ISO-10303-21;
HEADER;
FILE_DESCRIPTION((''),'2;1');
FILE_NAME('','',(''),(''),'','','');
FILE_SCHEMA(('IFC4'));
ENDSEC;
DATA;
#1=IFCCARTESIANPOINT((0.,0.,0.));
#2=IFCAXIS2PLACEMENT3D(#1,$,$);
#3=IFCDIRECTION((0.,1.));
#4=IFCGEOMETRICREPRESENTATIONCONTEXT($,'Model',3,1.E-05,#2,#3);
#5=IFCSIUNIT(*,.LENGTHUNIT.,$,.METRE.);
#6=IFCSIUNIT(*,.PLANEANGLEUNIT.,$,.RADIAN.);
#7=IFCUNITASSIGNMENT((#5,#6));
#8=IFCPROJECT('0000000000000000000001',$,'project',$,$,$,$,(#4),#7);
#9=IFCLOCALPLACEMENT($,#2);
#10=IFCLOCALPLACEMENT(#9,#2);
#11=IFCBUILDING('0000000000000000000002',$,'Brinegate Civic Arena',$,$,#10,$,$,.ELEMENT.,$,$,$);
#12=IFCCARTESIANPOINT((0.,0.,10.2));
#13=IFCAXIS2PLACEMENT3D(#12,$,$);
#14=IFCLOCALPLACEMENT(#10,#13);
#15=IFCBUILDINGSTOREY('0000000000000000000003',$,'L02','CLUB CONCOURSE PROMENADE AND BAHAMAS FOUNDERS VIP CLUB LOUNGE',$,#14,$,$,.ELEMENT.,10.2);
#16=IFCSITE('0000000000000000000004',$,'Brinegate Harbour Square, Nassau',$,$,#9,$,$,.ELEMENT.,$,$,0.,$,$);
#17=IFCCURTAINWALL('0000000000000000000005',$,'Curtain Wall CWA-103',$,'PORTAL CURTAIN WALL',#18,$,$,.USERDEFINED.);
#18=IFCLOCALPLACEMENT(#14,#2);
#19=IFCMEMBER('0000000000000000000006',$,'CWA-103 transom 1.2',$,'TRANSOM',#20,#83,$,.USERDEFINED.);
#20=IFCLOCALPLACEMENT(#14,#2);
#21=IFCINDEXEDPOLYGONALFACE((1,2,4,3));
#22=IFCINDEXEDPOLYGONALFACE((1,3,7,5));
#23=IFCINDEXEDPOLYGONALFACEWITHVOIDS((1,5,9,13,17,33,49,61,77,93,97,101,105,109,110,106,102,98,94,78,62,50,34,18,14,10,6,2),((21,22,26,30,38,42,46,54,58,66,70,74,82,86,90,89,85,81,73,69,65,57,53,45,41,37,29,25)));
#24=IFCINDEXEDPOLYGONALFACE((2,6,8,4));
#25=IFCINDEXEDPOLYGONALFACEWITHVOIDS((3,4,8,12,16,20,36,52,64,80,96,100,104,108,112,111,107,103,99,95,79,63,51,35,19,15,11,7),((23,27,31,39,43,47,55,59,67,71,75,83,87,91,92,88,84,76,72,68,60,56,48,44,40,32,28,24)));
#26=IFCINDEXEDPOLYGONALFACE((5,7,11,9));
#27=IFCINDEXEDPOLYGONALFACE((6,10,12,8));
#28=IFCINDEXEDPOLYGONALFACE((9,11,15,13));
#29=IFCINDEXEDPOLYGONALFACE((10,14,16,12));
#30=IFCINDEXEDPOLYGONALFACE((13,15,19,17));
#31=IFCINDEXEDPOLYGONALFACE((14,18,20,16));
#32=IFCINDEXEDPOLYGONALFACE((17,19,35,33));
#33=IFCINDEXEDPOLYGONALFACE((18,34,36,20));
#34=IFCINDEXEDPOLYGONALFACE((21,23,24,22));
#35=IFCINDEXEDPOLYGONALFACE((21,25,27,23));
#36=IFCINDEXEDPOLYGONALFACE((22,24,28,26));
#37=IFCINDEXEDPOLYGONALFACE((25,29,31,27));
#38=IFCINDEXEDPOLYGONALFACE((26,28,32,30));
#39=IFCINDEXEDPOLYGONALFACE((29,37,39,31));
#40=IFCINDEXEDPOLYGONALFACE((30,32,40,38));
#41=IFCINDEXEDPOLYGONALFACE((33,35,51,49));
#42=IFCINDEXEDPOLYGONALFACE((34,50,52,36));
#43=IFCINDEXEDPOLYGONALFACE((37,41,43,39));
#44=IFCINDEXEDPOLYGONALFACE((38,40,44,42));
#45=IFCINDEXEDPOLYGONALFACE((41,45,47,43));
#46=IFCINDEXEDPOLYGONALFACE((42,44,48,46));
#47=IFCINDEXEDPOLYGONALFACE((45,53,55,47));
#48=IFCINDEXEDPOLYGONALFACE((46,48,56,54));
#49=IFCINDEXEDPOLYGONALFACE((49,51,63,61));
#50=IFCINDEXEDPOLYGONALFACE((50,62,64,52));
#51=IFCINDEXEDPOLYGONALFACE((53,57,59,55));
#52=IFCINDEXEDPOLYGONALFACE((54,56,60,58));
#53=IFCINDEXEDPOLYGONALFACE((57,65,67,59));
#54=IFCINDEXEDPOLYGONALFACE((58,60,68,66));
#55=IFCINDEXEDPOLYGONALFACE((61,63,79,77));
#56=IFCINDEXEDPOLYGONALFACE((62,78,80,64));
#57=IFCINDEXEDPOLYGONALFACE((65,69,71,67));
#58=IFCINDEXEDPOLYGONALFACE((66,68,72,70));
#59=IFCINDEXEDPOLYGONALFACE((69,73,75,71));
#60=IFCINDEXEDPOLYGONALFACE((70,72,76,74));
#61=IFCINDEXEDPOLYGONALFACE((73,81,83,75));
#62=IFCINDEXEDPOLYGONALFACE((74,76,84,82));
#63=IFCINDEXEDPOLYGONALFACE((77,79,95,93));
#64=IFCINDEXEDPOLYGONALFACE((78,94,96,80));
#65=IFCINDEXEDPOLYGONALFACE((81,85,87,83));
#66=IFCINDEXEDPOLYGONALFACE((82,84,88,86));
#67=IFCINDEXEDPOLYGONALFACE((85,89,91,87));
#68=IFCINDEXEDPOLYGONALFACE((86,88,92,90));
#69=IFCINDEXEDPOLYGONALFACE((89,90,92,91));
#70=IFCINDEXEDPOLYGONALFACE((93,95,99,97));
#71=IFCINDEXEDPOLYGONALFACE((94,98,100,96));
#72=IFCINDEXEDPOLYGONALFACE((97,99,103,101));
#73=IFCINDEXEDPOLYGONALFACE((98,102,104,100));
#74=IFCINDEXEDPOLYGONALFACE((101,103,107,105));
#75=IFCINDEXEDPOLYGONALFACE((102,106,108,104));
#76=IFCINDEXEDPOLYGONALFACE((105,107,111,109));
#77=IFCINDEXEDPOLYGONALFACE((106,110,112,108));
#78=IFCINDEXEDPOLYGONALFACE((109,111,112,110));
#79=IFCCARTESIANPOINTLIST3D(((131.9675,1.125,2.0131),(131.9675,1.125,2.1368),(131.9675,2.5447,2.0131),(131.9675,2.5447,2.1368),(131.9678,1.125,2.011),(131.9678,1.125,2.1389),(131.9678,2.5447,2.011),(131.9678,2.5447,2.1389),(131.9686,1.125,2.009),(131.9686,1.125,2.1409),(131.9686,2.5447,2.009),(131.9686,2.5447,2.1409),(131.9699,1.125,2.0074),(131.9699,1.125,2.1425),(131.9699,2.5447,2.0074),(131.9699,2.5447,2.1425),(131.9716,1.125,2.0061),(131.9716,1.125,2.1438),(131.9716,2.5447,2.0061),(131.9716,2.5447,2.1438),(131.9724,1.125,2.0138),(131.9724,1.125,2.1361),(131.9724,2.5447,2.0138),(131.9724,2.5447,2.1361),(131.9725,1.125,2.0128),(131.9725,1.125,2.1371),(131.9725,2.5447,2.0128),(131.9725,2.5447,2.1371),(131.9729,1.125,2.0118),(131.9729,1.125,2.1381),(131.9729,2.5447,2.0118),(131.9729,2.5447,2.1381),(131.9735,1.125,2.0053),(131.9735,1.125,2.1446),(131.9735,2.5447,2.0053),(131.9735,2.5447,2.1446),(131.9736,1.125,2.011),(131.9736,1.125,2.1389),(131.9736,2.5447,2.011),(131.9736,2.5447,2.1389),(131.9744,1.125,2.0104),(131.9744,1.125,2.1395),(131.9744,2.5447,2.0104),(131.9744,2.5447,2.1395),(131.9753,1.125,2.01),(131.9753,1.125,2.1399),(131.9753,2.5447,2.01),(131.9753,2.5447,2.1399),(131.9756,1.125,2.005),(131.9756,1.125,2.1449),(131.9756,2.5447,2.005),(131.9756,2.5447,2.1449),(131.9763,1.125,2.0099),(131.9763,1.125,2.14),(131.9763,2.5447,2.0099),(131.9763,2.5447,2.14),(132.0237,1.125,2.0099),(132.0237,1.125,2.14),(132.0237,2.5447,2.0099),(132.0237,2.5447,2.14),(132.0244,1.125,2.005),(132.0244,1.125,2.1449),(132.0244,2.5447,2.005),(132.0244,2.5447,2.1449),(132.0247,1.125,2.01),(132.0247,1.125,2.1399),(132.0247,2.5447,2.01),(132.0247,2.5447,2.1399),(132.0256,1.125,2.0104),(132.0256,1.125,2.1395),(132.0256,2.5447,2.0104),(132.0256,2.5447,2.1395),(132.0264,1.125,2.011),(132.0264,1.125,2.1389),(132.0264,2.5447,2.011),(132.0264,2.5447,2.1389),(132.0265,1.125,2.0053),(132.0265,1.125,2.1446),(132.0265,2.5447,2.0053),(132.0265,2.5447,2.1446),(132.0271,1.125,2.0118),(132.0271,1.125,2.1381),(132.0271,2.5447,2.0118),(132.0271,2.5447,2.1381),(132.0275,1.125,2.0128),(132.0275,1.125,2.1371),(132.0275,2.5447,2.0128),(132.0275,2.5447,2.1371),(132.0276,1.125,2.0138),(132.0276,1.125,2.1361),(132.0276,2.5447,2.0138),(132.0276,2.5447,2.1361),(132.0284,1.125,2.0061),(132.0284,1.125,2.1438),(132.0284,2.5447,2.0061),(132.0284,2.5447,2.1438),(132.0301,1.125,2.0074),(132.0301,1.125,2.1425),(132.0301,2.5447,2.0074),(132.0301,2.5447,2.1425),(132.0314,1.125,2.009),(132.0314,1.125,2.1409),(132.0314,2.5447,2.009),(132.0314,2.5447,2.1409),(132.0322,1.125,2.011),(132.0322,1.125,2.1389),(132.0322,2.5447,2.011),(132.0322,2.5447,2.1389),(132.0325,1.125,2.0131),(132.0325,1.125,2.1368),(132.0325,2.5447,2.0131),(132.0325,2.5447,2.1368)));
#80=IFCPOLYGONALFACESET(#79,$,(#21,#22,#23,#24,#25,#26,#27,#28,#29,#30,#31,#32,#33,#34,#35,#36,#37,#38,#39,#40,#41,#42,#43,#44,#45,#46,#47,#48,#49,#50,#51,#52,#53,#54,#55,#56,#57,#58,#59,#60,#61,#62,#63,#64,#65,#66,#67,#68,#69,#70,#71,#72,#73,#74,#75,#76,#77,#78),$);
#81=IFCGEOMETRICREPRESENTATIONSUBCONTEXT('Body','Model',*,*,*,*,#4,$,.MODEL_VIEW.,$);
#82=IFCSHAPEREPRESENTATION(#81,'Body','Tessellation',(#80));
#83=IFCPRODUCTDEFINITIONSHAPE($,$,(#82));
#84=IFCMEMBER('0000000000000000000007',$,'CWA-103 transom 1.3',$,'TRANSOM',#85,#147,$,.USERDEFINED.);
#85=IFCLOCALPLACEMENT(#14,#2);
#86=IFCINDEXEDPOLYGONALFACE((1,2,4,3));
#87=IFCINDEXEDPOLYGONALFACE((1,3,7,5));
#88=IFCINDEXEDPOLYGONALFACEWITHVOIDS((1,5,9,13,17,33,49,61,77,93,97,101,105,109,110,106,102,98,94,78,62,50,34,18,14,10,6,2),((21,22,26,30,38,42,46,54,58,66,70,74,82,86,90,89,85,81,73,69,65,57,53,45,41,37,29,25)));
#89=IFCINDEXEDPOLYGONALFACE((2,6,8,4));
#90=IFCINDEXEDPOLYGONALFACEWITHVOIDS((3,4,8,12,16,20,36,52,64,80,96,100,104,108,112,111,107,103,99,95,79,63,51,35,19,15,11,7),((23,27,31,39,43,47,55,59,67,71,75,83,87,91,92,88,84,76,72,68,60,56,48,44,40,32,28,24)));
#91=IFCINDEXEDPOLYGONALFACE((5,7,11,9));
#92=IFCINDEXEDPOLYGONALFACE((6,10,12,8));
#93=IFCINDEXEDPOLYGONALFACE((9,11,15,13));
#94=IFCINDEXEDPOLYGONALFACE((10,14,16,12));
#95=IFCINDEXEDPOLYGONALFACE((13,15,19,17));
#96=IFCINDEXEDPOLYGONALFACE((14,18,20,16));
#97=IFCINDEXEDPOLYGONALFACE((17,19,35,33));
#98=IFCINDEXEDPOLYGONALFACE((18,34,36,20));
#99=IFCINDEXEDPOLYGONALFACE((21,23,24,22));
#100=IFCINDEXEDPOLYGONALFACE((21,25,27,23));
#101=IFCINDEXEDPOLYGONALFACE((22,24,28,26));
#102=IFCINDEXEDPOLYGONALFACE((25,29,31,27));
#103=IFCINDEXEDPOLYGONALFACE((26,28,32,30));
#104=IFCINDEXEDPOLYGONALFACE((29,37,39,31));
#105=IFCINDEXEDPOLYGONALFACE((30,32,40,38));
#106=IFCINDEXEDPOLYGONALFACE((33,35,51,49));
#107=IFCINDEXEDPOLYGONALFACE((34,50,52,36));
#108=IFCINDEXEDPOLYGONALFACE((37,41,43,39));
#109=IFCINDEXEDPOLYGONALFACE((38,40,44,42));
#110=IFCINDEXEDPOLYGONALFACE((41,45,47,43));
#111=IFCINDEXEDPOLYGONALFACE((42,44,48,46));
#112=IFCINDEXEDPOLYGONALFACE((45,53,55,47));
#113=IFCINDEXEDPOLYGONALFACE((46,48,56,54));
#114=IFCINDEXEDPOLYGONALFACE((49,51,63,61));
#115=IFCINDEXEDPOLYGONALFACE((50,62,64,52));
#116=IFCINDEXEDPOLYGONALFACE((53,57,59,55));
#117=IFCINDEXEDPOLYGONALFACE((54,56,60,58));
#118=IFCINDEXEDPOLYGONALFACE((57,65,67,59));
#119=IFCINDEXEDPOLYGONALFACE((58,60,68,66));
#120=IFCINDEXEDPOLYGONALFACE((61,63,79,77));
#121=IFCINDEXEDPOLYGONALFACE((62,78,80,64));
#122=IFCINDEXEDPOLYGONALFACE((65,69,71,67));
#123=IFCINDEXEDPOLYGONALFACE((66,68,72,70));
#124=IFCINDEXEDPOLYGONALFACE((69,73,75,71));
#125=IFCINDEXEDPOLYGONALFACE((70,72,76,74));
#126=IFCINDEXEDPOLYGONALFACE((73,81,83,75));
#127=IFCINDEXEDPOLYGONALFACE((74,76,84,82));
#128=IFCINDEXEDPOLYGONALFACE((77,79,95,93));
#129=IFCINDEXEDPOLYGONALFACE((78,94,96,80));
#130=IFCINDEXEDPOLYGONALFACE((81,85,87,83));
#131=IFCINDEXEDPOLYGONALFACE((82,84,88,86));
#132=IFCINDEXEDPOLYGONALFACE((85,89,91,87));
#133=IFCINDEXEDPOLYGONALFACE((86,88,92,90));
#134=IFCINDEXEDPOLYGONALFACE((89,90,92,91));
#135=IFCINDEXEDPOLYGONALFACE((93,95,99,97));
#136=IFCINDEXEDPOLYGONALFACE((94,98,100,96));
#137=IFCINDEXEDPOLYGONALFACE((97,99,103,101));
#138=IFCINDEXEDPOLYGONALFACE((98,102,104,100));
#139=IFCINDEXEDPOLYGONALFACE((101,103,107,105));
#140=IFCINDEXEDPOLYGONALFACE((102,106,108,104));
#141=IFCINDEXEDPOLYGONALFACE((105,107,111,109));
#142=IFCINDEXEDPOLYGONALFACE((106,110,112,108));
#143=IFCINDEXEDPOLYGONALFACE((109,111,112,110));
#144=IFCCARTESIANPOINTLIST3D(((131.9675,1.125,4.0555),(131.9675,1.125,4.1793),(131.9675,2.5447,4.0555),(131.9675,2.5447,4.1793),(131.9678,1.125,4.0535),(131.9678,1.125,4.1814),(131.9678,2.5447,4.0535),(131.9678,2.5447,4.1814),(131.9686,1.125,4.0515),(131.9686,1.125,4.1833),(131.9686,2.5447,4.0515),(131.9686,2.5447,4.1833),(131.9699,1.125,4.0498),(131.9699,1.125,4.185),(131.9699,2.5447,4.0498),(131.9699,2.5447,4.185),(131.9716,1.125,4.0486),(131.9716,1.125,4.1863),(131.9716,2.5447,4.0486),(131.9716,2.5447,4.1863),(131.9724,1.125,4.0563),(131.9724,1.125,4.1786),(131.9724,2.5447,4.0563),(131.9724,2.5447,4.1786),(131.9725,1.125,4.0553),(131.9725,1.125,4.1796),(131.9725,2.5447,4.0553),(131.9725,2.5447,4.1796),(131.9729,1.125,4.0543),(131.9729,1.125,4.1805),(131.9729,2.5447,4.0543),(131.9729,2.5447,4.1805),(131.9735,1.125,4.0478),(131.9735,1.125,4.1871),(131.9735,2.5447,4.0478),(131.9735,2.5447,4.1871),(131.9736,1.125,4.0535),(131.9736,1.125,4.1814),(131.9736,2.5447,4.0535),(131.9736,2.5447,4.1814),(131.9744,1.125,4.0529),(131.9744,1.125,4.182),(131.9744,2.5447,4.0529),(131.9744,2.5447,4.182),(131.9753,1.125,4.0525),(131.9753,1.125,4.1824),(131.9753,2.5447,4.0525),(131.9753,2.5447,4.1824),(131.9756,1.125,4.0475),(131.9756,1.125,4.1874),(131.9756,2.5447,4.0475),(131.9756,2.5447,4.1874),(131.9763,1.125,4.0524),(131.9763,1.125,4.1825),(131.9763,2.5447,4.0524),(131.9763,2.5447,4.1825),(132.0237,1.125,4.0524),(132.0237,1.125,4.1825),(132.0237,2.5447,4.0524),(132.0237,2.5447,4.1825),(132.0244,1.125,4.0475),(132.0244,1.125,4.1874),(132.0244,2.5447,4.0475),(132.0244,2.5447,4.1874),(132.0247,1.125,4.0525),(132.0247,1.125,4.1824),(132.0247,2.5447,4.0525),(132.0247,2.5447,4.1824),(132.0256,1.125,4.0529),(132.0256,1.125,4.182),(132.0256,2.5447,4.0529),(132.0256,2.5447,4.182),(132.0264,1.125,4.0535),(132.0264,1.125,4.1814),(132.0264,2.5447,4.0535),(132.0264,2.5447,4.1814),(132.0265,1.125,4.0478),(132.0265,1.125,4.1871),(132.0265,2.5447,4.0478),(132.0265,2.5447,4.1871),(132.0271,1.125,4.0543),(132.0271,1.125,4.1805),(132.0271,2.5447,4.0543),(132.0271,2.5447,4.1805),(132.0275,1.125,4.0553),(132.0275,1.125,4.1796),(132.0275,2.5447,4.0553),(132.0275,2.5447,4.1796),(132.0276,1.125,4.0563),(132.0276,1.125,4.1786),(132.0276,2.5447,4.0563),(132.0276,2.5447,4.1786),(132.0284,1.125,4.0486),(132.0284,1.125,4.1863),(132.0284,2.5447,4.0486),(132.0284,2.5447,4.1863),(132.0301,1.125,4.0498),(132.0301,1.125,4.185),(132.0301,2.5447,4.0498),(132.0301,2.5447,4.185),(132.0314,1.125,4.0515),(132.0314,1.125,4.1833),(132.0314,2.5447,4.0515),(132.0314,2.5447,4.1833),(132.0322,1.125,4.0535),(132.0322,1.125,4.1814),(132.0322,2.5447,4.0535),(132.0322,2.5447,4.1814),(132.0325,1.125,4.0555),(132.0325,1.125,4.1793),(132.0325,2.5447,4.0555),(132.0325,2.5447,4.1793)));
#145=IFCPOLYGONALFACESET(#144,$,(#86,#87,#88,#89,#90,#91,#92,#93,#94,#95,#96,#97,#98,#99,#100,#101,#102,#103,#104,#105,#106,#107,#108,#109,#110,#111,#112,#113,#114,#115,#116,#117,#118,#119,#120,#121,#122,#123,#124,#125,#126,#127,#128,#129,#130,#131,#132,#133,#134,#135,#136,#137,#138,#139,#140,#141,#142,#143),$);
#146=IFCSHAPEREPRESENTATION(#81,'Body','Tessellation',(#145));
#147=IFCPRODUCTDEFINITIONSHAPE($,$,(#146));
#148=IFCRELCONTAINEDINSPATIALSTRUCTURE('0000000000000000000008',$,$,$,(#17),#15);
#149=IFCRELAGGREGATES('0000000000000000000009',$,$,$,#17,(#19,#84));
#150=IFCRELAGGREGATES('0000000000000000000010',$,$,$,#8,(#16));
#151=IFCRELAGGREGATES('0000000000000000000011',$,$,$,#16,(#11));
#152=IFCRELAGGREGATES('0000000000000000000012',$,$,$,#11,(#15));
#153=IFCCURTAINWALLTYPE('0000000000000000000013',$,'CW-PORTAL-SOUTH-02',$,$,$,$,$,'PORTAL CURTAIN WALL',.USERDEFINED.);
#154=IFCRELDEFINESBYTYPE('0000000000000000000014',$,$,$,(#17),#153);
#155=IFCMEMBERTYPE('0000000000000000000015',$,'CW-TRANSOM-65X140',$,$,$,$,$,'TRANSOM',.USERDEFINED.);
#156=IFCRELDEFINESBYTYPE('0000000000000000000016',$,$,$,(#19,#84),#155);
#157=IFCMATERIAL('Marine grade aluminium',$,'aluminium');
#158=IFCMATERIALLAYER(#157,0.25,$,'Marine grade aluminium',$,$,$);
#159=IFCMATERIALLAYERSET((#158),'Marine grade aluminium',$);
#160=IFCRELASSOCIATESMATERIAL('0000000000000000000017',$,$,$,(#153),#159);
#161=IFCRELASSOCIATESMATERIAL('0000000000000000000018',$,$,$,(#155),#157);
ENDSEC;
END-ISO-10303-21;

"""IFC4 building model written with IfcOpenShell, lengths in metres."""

from ifc_helpers import new_model, si_unit, direction, frame, origin, origin_2d, place, context, subcontext, project, spatial, hollow_rectangle, extrude, material, layer, layer_set, material_profile, profile_set, type_object, element, aggregate, save


model = new_model("IFC4")

# Units and contexts
model_context = context("Model", 3, precision=1e-05, world=origin(), true_north=direction((0.0, 1.0)))
body_context = subcontext(model_context, "Body", "Model", "MODEL_VIEW")
ifc_project = project(units=[si_unit("LENGTHUNIT", "METRE"), si_unit("PLANEANGLEUNIT", "RADIAN")], contexts=[model_context])

# Site, building, storey
site_placement = place(None, origin())
site = spatial("IfcSite", under=ifc_project, at=site_placement, Name="Brinegate Harbour Square, Nassau", CompositionType="ELEMENT", RefElevation=0.0)
building_placement = place(site_placement, origin())
building = spatial("IfcBuilding", under=site, at=building_placement, Name="Brinegate Civic Arena", CompositionType="ELEMENT")
storey_placement = place(building_placement, frame((0.0, 0.0, 10.2)))
storey = spatial("IfcBuildingStorey", under=building, at=storey_placement, Name="L02", Description="CLUB CONCOURSE PROMENADE AND BAHAMAS FOUNDERS VIP CLUB LOUNGE", CompositionType="ELEMENT", Elevation=10.2)

# Curtain wall, members
ifc_material_1 = material(Name="Marine grade aluminium", Category="aluminium")
ifc_layer_1 = layer(ifc_material_1, 0.25, Name="Marine grade aluminium")
ifc_layer_set_1 = layer_set([ifc_layer_1], Name="Marine grade aluminium")
curtain_wall_type = type_object("IfcCurtainWallType", Name="CW-PORTAL-SOUTH-02", ElementType="PORTAL CURTAIN WALL", PredefinedType="USERDEFINED", material=ifc_layer_set_1)
curtain_wall_placement = place(storey_placement, origin())
curtain_wall = element("IfcCurtainWall", 1, at=curtain_wall_placement, inside=storey, type_object=curtain_wall_type, Name="Curtain Wall CWA-103", ObjectType="PORTAL CURTAIN WALL", PredefinedType="USERDEFINED")
ifc_material_profile_1 = material_profile(ifc_material_1, hollow_rectangle(XDim=0.0649, YDim=0.1399, WallThickness=0.0049, InnerFilletRadius=0.0039, OuterFilletRadius=0.0081, at=origin_2d()), Name="TRN65X140")
ifc_profile_set_1 = profile_set([ifc_material_profile_1], Name="Marine grade aluminium")
member_type_1 = type_object("IfcMemberType", Name="CW-TRANSOM-65X140", ElementType="TRANSOM", PredefinedType="USERDEFINED", material=ifc_profile_set_1)
member_1_placement = place(storey_placement, frame((132.0, 1.125, 2.075), z_axis=(0.0, 1.0, 0.0), x_axis=(-1.0, 0.0, 0.0)))
member_1 = element("IfcMember", 2, at=member_1_placement, type_object=member_type_1, Name="CWA-103 transom 1.2", ObjectType="TRANSOM", PredefinedType="USERDEFINED", context=body_context, shape_type="SweptSolid", body=[
    extrude(hollow_rectangle(XDim=0.0649, YDim=0.1399, WallThickness=0.0049, InnerFilletRadius=0.0039, OuterFilletRadius=0.0081, at=origin_2d()), origin(), (0.0, 0.0, 1.0), 1.4197),
])
member_2_placement = place(storey_placement, frame((132.0, 1.125, 4.1174), z_axis=(0.0, 1.0, 0.0), x_axis=(-1.0, 0.0, 0.0)))
member_2 = element("IfcMember", 3, at=member_2_placement, type_object=member_type_1, Name="CWA-103 transom 1.3", ObjectType="TRANSOM", PredefinedType="USERDEFINED", context=body_context, shape_type="SweptSolid", body=[
    extrude(hollow_rectangle(XDim=0.0649, YDim=0.1399, WallThickness=0.0049, InnerFilletRadius=0.0039, OuterFilletRadius=0.0081, at=origin_2d()), origin(), (0.0, 0.0, 1.0), 1.4197),
])
aggregate(curtain_wall, [member_1, member_2])

save(model, "model.ifc")
